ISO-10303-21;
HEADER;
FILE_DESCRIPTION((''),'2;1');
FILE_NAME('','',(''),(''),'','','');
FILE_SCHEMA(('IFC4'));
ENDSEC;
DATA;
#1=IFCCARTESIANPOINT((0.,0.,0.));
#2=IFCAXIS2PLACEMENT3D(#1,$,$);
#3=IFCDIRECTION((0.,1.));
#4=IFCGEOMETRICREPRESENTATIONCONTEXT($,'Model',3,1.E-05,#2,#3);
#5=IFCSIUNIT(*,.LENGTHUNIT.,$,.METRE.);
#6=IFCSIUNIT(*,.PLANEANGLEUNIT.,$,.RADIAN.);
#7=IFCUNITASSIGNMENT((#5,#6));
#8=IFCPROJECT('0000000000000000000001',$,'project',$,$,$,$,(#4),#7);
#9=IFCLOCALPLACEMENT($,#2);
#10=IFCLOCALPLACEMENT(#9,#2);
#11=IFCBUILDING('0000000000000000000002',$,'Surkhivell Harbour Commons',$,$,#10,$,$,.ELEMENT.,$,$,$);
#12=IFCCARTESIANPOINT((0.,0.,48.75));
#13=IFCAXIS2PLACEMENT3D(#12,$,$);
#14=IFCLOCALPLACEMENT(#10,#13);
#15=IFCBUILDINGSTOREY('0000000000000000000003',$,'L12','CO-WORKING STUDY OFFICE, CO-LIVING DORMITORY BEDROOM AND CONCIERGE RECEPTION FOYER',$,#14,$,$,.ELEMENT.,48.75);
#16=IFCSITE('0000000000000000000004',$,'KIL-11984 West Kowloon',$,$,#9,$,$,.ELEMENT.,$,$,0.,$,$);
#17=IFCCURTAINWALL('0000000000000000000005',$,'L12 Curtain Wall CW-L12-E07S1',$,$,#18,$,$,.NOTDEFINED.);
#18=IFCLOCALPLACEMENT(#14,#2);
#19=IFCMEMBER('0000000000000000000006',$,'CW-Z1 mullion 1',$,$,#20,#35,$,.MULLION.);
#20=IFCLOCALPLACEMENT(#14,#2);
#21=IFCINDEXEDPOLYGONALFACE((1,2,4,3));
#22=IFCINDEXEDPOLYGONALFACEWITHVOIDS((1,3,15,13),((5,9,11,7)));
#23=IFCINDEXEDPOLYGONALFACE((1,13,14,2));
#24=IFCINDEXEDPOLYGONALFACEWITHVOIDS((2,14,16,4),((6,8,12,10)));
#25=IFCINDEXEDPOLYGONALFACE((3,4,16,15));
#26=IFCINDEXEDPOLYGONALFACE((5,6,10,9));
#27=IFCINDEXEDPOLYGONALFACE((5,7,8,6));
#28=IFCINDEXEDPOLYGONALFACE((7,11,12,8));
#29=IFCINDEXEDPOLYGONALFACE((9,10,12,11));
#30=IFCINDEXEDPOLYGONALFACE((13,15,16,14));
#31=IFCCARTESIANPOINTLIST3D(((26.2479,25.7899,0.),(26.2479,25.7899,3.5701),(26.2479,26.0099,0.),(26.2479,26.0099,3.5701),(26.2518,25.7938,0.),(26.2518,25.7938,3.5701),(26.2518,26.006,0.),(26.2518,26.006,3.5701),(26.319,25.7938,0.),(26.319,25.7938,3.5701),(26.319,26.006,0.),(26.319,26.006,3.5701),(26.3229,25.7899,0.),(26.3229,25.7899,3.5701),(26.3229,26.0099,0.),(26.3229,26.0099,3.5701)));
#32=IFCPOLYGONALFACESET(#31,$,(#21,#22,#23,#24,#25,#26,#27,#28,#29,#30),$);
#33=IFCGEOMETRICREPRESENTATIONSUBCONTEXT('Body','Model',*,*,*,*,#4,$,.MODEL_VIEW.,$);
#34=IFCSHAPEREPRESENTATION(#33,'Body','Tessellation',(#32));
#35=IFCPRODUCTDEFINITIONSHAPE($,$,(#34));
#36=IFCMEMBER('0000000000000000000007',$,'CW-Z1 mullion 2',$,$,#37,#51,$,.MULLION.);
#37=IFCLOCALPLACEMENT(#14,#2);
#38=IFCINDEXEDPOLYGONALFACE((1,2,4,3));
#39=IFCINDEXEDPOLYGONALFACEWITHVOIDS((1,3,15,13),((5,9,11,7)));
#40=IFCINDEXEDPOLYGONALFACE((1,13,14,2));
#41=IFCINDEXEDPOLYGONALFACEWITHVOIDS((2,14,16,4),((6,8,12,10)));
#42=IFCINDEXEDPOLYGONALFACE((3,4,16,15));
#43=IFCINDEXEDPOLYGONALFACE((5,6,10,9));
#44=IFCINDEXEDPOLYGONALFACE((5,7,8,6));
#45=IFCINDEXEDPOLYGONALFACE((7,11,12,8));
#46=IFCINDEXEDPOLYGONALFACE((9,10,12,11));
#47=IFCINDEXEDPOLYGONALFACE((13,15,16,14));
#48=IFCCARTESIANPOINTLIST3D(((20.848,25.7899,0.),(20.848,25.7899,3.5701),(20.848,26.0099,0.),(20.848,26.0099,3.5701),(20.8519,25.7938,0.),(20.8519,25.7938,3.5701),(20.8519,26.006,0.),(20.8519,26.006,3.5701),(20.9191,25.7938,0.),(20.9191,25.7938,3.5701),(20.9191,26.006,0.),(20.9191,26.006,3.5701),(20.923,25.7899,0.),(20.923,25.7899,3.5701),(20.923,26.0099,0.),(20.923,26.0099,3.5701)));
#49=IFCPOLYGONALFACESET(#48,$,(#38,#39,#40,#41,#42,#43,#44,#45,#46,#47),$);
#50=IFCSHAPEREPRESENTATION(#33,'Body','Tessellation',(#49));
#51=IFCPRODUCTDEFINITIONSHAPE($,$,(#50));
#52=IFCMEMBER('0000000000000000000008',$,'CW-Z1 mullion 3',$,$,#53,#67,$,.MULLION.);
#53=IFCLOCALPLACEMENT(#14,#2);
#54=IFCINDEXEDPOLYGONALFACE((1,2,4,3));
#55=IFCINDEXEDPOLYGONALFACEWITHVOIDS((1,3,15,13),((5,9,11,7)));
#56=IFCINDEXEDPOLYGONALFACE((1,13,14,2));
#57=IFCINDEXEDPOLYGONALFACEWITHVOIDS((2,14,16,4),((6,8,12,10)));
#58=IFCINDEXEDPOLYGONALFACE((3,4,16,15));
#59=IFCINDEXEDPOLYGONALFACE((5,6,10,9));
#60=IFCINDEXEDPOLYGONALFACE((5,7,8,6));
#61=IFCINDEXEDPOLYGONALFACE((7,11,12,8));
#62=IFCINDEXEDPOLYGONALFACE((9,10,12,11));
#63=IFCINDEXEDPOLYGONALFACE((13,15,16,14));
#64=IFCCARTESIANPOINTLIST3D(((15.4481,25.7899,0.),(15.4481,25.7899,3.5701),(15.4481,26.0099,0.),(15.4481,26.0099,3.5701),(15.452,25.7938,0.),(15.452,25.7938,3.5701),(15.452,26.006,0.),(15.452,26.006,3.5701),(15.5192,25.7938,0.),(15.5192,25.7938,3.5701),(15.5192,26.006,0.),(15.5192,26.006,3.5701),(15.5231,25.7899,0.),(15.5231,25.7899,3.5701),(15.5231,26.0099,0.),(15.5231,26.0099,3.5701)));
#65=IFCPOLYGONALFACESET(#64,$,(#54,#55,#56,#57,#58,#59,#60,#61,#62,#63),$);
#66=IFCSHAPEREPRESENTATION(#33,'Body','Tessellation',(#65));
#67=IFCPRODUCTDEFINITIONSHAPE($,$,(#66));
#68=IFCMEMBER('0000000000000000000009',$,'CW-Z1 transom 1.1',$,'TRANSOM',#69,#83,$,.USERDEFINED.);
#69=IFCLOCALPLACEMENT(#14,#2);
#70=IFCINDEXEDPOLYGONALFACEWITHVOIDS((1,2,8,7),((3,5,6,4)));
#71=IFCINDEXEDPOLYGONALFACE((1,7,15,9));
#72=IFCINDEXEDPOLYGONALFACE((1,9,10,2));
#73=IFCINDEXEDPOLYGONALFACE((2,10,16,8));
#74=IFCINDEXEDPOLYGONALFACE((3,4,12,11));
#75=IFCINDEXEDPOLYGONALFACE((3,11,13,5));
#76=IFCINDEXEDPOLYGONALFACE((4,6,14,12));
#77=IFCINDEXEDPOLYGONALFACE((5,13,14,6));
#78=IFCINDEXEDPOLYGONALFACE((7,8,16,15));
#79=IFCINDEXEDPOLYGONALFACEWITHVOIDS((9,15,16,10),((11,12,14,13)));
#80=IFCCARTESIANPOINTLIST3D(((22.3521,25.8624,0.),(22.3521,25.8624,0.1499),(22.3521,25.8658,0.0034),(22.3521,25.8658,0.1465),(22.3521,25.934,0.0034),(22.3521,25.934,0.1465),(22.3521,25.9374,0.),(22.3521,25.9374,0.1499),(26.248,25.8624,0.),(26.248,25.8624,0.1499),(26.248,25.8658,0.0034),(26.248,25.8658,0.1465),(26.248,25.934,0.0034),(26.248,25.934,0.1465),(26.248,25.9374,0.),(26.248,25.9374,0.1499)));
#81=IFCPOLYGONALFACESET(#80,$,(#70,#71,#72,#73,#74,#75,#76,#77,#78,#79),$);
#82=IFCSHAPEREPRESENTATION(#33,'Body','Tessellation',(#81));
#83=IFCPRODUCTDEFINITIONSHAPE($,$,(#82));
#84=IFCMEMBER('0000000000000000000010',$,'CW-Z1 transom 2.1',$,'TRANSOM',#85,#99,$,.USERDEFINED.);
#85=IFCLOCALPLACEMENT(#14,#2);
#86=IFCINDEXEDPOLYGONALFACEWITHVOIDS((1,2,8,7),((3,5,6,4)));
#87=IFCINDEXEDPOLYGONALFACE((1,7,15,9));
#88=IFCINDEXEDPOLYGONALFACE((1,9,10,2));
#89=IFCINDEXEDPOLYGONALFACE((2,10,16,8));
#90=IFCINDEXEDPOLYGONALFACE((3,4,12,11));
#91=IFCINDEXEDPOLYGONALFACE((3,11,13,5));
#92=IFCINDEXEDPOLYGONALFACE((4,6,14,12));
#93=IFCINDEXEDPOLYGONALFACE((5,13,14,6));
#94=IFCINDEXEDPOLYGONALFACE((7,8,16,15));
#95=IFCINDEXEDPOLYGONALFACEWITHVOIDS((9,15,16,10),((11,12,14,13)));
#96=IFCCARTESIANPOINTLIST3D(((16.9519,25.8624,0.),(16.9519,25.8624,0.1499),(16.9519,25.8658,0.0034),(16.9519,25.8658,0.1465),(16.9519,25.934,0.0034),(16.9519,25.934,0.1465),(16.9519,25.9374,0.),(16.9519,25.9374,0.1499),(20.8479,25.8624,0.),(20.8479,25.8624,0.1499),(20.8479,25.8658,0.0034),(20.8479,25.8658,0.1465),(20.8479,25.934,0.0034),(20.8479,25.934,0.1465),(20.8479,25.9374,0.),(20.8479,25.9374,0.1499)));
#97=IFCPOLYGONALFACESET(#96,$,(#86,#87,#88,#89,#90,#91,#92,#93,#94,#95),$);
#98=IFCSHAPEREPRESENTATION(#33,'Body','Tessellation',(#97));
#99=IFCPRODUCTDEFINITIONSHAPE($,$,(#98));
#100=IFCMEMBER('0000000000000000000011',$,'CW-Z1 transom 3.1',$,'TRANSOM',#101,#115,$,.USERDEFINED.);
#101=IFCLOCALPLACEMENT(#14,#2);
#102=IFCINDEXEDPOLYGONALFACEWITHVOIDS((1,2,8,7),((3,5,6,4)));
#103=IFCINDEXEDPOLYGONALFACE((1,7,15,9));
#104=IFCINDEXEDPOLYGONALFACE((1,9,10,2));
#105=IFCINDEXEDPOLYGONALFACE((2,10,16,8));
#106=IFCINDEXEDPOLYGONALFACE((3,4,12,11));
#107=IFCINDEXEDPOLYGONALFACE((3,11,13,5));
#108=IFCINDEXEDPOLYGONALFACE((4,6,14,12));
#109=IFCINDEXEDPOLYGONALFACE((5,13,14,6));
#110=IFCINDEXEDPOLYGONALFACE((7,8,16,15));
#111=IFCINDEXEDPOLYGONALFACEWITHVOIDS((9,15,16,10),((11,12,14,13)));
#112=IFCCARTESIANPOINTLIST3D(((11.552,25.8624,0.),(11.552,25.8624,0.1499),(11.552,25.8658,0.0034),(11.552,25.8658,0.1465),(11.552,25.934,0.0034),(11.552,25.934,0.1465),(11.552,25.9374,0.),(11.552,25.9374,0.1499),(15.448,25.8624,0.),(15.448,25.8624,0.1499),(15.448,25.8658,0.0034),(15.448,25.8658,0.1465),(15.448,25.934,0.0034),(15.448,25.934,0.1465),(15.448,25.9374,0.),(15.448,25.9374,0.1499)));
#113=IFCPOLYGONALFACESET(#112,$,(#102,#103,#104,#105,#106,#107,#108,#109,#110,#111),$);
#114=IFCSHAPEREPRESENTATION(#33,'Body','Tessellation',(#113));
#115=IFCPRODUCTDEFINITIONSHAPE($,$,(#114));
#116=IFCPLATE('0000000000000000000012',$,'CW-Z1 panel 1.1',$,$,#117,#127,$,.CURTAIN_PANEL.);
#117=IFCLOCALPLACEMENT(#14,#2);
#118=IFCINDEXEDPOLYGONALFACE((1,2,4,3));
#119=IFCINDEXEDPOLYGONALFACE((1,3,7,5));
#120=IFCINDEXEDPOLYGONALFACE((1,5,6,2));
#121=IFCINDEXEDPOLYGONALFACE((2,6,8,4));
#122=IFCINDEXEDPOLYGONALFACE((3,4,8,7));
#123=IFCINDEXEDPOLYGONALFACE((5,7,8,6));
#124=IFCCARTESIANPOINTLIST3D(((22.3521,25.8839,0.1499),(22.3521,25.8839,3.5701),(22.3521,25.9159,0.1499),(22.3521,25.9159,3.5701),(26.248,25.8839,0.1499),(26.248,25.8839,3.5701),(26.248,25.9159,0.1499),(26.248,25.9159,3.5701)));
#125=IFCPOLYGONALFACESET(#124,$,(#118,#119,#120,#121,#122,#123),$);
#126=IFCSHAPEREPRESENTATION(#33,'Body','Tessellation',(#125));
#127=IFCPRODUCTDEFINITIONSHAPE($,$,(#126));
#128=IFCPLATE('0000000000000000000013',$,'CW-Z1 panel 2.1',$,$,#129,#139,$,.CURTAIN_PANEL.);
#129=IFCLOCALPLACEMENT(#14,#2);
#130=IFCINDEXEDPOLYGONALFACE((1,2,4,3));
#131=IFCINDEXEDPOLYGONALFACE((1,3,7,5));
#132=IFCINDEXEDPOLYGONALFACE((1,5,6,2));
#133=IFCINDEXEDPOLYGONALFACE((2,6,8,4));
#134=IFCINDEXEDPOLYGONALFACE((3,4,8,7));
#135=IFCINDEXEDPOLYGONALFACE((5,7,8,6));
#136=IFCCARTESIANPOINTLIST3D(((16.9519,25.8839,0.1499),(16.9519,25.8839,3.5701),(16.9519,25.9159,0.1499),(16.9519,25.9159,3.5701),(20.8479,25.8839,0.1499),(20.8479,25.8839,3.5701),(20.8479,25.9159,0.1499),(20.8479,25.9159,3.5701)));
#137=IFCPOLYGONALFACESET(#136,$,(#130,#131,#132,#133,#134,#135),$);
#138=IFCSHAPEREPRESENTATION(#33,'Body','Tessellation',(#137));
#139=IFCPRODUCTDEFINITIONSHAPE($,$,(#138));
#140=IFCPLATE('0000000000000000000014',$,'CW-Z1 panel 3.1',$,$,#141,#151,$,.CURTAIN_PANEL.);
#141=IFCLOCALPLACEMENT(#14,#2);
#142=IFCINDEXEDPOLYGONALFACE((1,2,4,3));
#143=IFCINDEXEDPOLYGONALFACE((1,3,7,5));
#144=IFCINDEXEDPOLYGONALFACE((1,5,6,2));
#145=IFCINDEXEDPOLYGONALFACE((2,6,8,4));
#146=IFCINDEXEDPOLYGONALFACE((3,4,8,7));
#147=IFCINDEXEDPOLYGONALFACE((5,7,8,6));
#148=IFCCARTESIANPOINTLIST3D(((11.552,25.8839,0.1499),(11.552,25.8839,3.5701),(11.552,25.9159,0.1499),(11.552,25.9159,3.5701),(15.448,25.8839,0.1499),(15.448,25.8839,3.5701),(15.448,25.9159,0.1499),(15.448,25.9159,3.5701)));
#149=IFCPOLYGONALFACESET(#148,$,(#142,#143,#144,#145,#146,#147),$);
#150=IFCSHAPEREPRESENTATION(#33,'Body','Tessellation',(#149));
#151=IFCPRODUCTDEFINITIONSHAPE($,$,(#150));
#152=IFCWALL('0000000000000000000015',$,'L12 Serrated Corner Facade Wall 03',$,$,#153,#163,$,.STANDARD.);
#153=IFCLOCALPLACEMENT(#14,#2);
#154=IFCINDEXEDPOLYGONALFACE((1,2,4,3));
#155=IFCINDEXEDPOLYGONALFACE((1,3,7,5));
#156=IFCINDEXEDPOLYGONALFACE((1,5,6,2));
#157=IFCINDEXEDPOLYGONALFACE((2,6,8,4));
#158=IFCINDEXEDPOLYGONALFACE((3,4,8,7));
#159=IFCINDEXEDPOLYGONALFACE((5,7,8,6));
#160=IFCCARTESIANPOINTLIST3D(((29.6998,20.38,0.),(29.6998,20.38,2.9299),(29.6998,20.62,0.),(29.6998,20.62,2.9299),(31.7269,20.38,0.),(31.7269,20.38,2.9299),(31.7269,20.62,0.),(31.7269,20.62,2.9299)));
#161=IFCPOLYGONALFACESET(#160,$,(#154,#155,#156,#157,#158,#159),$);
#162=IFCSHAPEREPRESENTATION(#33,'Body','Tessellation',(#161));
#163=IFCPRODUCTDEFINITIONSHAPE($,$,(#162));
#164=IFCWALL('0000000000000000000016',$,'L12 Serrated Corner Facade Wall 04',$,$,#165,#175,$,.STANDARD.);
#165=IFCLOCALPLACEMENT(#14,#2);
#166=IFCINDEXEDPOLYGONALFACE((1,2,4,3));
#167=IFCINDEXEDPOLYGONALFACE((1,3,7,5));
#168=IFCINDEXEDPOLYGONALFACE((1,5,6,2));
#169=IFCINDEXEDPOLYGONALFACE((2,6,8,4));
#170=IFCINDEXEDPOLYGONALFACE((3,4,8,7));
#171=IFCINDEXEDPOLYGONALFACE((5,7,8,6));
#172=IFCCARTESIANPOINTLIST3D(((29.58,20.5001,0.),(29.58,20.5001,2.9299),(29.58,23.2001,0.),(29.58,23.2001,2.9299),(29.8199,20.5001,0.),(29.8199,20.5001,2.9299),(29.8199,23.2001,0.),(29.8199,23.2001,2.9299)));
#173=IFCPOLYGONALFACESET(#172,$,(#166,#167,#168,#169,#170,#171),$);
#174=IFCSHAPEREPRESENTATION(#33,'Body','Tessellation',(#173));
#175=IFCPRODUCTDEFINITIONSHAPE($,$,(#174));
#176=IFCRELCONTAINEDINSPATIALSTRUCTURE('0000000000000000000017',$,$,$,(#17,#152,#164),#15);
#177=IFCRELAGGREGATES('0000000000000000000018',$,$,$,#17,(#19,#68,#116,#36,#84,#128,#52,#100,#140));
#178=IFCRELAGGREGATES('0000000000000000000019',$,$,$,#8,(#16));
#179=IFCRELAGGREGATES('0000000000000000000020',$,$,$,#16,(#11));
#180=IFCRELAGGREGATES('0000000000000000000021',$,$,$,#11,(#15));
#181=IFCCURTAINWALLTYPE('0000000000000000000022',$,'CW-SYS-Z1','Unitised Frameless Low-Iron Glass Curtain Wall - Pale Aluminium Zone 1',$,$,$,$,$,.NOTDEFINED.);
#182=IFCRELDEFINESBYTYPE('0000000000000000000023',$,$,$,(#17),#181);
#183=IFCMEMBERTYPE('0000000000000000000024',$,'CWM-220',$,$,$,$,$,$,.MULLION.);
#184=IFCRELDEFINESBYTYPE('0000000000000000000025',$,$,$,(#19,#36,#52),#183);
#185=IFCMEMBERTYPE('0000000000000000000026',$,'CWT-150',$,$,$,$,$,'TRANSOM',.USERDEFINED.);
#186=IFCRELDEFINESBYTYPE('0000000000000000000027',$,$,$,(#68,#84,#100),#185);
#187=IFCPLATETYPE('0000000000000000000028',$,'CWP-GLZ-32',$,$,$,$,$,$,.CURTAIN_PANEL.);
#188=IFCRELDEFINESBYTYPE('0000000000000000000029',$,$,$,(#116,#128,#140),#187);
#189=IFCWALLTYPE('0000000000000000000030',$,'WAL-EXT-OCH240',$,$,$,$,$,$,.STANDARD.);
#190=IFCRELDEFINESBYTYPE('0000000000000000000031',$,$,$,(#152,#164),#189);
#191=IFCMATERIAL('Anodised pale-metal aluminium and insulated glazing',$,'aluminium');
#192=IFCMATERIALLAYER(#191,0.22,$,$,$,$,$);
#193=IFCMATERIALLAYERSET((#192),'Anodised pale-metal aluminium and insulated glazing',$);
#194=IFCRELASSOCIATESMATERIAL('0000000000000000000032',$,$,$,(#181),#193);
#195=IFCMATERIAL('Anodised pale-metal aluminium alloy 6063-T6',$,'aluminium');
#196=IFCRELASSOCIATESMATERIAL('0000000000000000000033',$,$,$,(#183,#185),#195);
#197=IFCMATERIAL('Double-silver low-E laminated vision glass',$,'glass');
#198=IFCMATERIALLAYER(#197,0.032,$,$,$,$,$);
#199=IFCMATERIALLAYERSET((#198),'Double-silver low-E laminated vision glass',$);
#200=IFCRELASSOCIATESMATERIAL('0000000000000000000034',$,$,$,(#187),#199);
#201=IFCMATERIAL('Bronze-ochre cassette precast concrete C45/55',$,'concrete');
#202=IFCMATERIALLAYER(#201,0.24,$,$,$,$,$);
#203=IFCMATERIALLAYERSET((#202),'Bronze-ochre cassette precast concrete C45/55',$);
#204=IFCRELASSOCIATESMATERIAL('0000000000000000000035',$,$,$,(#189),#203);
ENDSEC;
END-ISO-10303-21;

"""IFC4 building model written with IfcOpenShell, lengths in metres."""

from ifc_helpers import new_model, si_unit, direction, frame, frame_2d, origin, origin_2d, place, context, subcontext, project, spatial, rectangle, hollow_rectangle, extrude, material, layer, layer_set, material_profile, profile_set, type_object, element, aggregate, save


model = new_model("IFC4")

# Units and contexts
model_context = context("Model", 3, precision=1e-05, world=origin(), true_north=direction((0.0, 1.0)))
body_context = subcontext(model_context, "Body", "Model", "MODEL_VIEW")
ifc_project = project(units=[si_unit("LENGTHUNIT", "METRE"), si_unit("PLANEANGLEUNIT", "RADIAN")], contexts=[model_context])

# Site, building, storey
site_placement = place(None, origin())
site = spatial("IfcSite", under=ifc_project, at=site_placement, Name="KIL-11984 West Kowloon", CompositionType="ELEMENT", RefElevation=0.0)
building_placement = place(site_placement, origin())
building = spatial("IfcBuilding", under=site, at=building_placement, Name="Surkhivell Harbour Commons", CompositionType="ELEMENT")
storey_placement = place(building_placement, frame((0.0, 0.0, 48.75)))
storey = spatial("IfcBuildingStorey", under=building, at=storey_placement, Name="L12", Description="CO-WORKING STUDY OFFICE, CO-LIVING DORMITORY BEDROOM AND CONCIERGE RECEPTION FOYER", CompositionType="ELEMENT", Elevation=48.75)

# Shared definitions
ifc_material_1 = material(Name="Anodised pale-metal aluminium and insulated glazing", Category="aluminium")
ifc_layer_1 = layer(ifc_material_1, 0.22)
ifc_layer_set_1 = layer_set([ifc_layer_1], Name="Anodised pale-metal aluminium and insulated glazing")
curtain_wall_type = type_object("IfcCurtainWallType", Name="CW-SYS-Z1", Description="Unitised Frameless Low-Iron Glass Curtain Wall - Pale Aluminium Zone 1", PredefinedType="NOTDEFINED", material=ifc_layer_set_1)
ifc_material_2 = material(Name="Anodised pale-metal aluminium alloy 6063-T6", Category="aluminium")
ifc_material_profile_1 = material_profile(ifc_material_2, hollow_rectangle(XDim=0.075, YDim=0.22, WallThickness=0.0039, at=origin_2d()), Name="ALU-MULL-75x220")
ifc_profile_set_1 = profile_set([ifc_material_profile_1], Name="Anodised pale-metal aluminium alloy 6063-T6")
member_type_1 = type_object("IfcMemberType", Name="CWM-220", PredefinedType="MULLION", material=ifc_profile_set_1)

# Curtain wall, members, plates
curtain_wall_1_placement = place(storey_placement, origin())
curtain_wall_1 = element("IfcCurtainWall", 1, at=curtain_wall_1_placement, inside=storey, type_object=curtain_wall_type, Name="L12 Curtain Wall CW-L12-E07S1", PredefinedType="NOTDEFINED")
member_1_placement = place(storey_placement, frame((26.2854, 25.8999, 0.0), z_axis=(0.0, 0.0, 1.0), x_axis=(-1.0, 0.0, 0.0)))
member_1 = element("IfcMember", 2, at=member_1_placement, type_object=member_type_1, Name="CW-Z1 mullion 1", PredefinedType="MULLION", context=body_context, shape_type="SweptSolid", body=[
    extrude(hollow_rectangle(XDim=0.075, YDim=0.22, WallThickness=0.0039, at=origin_2d()), origin(), (0.0, 0.0, 1.0), 3.5701),
])
member_2_placement = place(storey_placement, frame((20.8855, 25.8999, 0.0), z_axis=(0.0, 0.0, 1.0), x_axis=(-1.0, 0.0, 0.0)))
member_2 = element("IfcMember", 3, at=member_2_placement, type_object=member_type_1, Name="CW-Z1 mullion 2", PredefinedType="MULLION", context=body_context, shape_type="SweptSolid", body=[
    extrude(hollow_rectangle(XDim=0.075, YDim=0.22, WallThickness=0.0039, at=origin_2d()), origin(), (0.0, 0.0, 1.0), 3.5701),
])
member_3_placement = place(storey_placement, frame((15.4856, 25.8999, 0.0), z_axis=(0.0, 0.0, 1.0), x_axis=(-1.0, 0.0, 0.0)))
member_3 = element("IfcMember", 4, at=member_3_placement, type_object=member_type_1, Name="CW-Z1 mullion 3", PredefinedType="MULLION", context=body_context, shape_type="SweptSolid", body=[
    extrude(hollow_rectangle(XDim=0.075, YDim=0.22, WallThickness=0.0039, at=origin_2d()), origin(), (0.0, 0.0, 1.0), 3.5701),
])
ifc_material_profile_2 = material_profile(ifc_material_2, hollow_rectangle(XDim=0.075, YDim=0.1499, WallThickness=0.0034, at=origin_2d()), Name="ALU-TRAN-75x150")
ifc_profile_set_2 = profile_set([ifc_material_profile_2], Name="Anodised pale-metal aluminium alloy 6063-T6")
member_type_2 = type_object("IfcMemberType", Name="CWT-150", ElementType="TRANSOM", PredefinedType="USERDEFINED", material=ifc_profile_set_2)
member_4_placement = place(storey_placement, frame((26.248, 25.8999, 0.075), z_axis=(-1.0, 0.0, 0.0), x_axis=(0.0, -1.0, 0.0)))
member_4 = element("IfcMember", 5, at=member_4_placement, type_object=member_type_2, Name="CW-Z1 transom 1.1", ObjectType="TRANSOM", PredefinedType="USERDEFINED", context=body_context, shape_type="SweptSolid", body=[
    extrude(hollow_rectangle(XDim=0.075, YDim=0.1499, WallThickness=0.0034, at=origin_2d()), origin(), (0.0, 0.0, 1.0), 3.896),
])
member_5_placement = place(storey_placement, frame((20.8479, 25.8999, 0.075), z_axis=(-1.0, 0.0, 0.0), x_axis=(0.0, -1.0, 0.0)))
member_5 = element("IfcMember", 6, at=member_5_placement, type_object=member_type_2, Name="CW-Z1 transom 2.1", ObjectType="TRANSOM", PredefinedType="USERDEFINED", context=body_context, shape_type="SweptSolid", body=[
    extrude(hollow_rectangle(XDim=0.075, YDim=0.1499, WallThickness=0.0034, at=origin_2d()), origin(), (0.0, 0.0, 1.0), 3.896),
])
member_6_placement = place(storey_placement, frame((15.448, 25.8999, 0.075), z_axis=(-1.0, 0.0, 0.0), x_axis=(0.0, -1.0, 0.0)))
member_6 = element("IfcMember", 7, at=member_6_placement, type_object=member_type_2, Name="CW-Z1 transom 3.1", ObjectType="TRANSOM", PredefinedType="USERDEFINED", context=body_context, shape_type="SweptSolid", body=[
    extrude(hollow_rectangle(XDim=0.075, YDim=0.1499, WallThickness=0.0034, at=origin_2d()), origin(), (0.0, 0.0, 1.0), 3.896),
])
ifc_material_3 = material(Name="Double-silver low-E laminated vision glass", Category="glass")
ifc_layer_2 = layer(ifc_material_3, 0.032)
ifc_layer_set_2 = layer_set([ifc_layer_2], Name="Double-silver low-E laminated vision glass")
plate_type = type_object("IfcPlateType", Name="CWP-GLZ-32", PredefinedType="CURTAIN_PANEL", material=ifc_layer_set_2)
plate_1_placement = place(storey_placement, frame((26.248, 25.8999, 0.1499), z_axis=(0.0, 0.0, 1.0), x_axis=(-1.0, 0.0, 0.0)))
plate_1 = element("IfcPlate", 8, at=plate_1_placement, type_object=plate_type, Name="CW-Z1 panel 1.1", PredefinedType="CURTAIN_PANEL", context=body_context, shape_type="SweptSolid", body=[
    extrude(rectangle(XDim=3.896, YDim=0.032, at=frame_2d((1.948, 0.0))), origin(), (0.0, 0.0, 1.0), 3.4202),
])
plate_2_placement = place(storey_placement, frame((20.8479, 25.8999, 0.1499), z_axis=(0.0, 0.0, 1.0), x_axis=(-1.0, 0.0, 0.0)))
plate_2 = element("IfcPlate", 9, at=plate_2_placement, type_object=plate_type, Name="CW-Z1 panel 2.1", PredefinedType="CURTAIN_PANEL", context=body_context, shape_type="SweptSolid", body=[
    extrude(rectangle(XDim=3.896, YDim=0.032, at=frame_2d((1.948, 0.0))), origin(), (0.0, 0.0, 1.0), 3.4202),
])
plate_3_placement = place(storey_placement, frame((15.448, 25.8999, 0.1499), z_axis=(0.0, 0.0, 1.0), x_axis=(-1.0, 0.0, 0.0)))
plate_3 = element("IfcPlate", 10, at=plate_3_placement, type_object=plate_type, Name="CW-Z1 panel 3.1", PredefinedType="CURTAIN_PANEL", context=body_context, shape_type="SweptSolid", body=[
    extrude(rectangle(XDim=3.896, YDim=0.032, at=frame_2d((1.948, 0.0))), origin(), (0.0, 0.0, 1.0), 3.4202),
])
aggregate(curtain_wall_1, [member_1, member_4, plate_1, member_2, member_5, plate_2, member_3, member_6, plate_3])

# Walls
ifc_material_4 = material(Name="Bronze-ochre cassette precast concrete C45/55", Category="concrete")
ifc_layer_3 = layer(ifc_material_4, 0.24)
ifc_layer_set_3 = layer_set([ifc_layer_3], Name="Bronze-ochre cassette precast concrete C45/55")
wall_type = type_object("IfcWallType", Name="WAL-EXT-OCH240", PredefinedType="STANDARD", material=ifc_layer_set_3)
wall_1_placement = place(storey_placement, frame((31.7271, 20.5, 0.0), z_axis=(0.0, 0.0, 1.0), x_axis=(-1.0, 0.0, 0.0)))
element("IfcWall", 11, at=wall_1_placement, inside=storey, type_object=wall_type, Name="L12 Serrated Corner Facade Wall 03", PredefinedType="STANDARD", context=body_context, shape_type="SweptSolid", body=[
    extrude(rectangle(XDim=2.0271, YDim=0.24, at=frame_2d((1.0137, 0.0))), origin(), (0.0, 0.0, 1.0), 2.9299),
])
wall_2_placement = place(storey_placement, frame((29.7, 20.5, 0.0), z_axis=(0.0, 0.0, 1.0), x_axis=(0.0, 1.0, 0.0)))
element("IfcWall", 12, at=wall_2_placement, inside=storey, type_object=wall_type, Name="L12 Serrated Corner Facade Wall 04", PredefinedType="STANDARD", context=body_context, shape_type="SweptSolid", body=[
    extrude(rectangle(XDim=2.7, YDim=0.24, at=frame_2d((1.3501, 0.0))), origin(), (0.0, 0.0, 1.0), 2.9299),
])

save(model, "model.ifc")
